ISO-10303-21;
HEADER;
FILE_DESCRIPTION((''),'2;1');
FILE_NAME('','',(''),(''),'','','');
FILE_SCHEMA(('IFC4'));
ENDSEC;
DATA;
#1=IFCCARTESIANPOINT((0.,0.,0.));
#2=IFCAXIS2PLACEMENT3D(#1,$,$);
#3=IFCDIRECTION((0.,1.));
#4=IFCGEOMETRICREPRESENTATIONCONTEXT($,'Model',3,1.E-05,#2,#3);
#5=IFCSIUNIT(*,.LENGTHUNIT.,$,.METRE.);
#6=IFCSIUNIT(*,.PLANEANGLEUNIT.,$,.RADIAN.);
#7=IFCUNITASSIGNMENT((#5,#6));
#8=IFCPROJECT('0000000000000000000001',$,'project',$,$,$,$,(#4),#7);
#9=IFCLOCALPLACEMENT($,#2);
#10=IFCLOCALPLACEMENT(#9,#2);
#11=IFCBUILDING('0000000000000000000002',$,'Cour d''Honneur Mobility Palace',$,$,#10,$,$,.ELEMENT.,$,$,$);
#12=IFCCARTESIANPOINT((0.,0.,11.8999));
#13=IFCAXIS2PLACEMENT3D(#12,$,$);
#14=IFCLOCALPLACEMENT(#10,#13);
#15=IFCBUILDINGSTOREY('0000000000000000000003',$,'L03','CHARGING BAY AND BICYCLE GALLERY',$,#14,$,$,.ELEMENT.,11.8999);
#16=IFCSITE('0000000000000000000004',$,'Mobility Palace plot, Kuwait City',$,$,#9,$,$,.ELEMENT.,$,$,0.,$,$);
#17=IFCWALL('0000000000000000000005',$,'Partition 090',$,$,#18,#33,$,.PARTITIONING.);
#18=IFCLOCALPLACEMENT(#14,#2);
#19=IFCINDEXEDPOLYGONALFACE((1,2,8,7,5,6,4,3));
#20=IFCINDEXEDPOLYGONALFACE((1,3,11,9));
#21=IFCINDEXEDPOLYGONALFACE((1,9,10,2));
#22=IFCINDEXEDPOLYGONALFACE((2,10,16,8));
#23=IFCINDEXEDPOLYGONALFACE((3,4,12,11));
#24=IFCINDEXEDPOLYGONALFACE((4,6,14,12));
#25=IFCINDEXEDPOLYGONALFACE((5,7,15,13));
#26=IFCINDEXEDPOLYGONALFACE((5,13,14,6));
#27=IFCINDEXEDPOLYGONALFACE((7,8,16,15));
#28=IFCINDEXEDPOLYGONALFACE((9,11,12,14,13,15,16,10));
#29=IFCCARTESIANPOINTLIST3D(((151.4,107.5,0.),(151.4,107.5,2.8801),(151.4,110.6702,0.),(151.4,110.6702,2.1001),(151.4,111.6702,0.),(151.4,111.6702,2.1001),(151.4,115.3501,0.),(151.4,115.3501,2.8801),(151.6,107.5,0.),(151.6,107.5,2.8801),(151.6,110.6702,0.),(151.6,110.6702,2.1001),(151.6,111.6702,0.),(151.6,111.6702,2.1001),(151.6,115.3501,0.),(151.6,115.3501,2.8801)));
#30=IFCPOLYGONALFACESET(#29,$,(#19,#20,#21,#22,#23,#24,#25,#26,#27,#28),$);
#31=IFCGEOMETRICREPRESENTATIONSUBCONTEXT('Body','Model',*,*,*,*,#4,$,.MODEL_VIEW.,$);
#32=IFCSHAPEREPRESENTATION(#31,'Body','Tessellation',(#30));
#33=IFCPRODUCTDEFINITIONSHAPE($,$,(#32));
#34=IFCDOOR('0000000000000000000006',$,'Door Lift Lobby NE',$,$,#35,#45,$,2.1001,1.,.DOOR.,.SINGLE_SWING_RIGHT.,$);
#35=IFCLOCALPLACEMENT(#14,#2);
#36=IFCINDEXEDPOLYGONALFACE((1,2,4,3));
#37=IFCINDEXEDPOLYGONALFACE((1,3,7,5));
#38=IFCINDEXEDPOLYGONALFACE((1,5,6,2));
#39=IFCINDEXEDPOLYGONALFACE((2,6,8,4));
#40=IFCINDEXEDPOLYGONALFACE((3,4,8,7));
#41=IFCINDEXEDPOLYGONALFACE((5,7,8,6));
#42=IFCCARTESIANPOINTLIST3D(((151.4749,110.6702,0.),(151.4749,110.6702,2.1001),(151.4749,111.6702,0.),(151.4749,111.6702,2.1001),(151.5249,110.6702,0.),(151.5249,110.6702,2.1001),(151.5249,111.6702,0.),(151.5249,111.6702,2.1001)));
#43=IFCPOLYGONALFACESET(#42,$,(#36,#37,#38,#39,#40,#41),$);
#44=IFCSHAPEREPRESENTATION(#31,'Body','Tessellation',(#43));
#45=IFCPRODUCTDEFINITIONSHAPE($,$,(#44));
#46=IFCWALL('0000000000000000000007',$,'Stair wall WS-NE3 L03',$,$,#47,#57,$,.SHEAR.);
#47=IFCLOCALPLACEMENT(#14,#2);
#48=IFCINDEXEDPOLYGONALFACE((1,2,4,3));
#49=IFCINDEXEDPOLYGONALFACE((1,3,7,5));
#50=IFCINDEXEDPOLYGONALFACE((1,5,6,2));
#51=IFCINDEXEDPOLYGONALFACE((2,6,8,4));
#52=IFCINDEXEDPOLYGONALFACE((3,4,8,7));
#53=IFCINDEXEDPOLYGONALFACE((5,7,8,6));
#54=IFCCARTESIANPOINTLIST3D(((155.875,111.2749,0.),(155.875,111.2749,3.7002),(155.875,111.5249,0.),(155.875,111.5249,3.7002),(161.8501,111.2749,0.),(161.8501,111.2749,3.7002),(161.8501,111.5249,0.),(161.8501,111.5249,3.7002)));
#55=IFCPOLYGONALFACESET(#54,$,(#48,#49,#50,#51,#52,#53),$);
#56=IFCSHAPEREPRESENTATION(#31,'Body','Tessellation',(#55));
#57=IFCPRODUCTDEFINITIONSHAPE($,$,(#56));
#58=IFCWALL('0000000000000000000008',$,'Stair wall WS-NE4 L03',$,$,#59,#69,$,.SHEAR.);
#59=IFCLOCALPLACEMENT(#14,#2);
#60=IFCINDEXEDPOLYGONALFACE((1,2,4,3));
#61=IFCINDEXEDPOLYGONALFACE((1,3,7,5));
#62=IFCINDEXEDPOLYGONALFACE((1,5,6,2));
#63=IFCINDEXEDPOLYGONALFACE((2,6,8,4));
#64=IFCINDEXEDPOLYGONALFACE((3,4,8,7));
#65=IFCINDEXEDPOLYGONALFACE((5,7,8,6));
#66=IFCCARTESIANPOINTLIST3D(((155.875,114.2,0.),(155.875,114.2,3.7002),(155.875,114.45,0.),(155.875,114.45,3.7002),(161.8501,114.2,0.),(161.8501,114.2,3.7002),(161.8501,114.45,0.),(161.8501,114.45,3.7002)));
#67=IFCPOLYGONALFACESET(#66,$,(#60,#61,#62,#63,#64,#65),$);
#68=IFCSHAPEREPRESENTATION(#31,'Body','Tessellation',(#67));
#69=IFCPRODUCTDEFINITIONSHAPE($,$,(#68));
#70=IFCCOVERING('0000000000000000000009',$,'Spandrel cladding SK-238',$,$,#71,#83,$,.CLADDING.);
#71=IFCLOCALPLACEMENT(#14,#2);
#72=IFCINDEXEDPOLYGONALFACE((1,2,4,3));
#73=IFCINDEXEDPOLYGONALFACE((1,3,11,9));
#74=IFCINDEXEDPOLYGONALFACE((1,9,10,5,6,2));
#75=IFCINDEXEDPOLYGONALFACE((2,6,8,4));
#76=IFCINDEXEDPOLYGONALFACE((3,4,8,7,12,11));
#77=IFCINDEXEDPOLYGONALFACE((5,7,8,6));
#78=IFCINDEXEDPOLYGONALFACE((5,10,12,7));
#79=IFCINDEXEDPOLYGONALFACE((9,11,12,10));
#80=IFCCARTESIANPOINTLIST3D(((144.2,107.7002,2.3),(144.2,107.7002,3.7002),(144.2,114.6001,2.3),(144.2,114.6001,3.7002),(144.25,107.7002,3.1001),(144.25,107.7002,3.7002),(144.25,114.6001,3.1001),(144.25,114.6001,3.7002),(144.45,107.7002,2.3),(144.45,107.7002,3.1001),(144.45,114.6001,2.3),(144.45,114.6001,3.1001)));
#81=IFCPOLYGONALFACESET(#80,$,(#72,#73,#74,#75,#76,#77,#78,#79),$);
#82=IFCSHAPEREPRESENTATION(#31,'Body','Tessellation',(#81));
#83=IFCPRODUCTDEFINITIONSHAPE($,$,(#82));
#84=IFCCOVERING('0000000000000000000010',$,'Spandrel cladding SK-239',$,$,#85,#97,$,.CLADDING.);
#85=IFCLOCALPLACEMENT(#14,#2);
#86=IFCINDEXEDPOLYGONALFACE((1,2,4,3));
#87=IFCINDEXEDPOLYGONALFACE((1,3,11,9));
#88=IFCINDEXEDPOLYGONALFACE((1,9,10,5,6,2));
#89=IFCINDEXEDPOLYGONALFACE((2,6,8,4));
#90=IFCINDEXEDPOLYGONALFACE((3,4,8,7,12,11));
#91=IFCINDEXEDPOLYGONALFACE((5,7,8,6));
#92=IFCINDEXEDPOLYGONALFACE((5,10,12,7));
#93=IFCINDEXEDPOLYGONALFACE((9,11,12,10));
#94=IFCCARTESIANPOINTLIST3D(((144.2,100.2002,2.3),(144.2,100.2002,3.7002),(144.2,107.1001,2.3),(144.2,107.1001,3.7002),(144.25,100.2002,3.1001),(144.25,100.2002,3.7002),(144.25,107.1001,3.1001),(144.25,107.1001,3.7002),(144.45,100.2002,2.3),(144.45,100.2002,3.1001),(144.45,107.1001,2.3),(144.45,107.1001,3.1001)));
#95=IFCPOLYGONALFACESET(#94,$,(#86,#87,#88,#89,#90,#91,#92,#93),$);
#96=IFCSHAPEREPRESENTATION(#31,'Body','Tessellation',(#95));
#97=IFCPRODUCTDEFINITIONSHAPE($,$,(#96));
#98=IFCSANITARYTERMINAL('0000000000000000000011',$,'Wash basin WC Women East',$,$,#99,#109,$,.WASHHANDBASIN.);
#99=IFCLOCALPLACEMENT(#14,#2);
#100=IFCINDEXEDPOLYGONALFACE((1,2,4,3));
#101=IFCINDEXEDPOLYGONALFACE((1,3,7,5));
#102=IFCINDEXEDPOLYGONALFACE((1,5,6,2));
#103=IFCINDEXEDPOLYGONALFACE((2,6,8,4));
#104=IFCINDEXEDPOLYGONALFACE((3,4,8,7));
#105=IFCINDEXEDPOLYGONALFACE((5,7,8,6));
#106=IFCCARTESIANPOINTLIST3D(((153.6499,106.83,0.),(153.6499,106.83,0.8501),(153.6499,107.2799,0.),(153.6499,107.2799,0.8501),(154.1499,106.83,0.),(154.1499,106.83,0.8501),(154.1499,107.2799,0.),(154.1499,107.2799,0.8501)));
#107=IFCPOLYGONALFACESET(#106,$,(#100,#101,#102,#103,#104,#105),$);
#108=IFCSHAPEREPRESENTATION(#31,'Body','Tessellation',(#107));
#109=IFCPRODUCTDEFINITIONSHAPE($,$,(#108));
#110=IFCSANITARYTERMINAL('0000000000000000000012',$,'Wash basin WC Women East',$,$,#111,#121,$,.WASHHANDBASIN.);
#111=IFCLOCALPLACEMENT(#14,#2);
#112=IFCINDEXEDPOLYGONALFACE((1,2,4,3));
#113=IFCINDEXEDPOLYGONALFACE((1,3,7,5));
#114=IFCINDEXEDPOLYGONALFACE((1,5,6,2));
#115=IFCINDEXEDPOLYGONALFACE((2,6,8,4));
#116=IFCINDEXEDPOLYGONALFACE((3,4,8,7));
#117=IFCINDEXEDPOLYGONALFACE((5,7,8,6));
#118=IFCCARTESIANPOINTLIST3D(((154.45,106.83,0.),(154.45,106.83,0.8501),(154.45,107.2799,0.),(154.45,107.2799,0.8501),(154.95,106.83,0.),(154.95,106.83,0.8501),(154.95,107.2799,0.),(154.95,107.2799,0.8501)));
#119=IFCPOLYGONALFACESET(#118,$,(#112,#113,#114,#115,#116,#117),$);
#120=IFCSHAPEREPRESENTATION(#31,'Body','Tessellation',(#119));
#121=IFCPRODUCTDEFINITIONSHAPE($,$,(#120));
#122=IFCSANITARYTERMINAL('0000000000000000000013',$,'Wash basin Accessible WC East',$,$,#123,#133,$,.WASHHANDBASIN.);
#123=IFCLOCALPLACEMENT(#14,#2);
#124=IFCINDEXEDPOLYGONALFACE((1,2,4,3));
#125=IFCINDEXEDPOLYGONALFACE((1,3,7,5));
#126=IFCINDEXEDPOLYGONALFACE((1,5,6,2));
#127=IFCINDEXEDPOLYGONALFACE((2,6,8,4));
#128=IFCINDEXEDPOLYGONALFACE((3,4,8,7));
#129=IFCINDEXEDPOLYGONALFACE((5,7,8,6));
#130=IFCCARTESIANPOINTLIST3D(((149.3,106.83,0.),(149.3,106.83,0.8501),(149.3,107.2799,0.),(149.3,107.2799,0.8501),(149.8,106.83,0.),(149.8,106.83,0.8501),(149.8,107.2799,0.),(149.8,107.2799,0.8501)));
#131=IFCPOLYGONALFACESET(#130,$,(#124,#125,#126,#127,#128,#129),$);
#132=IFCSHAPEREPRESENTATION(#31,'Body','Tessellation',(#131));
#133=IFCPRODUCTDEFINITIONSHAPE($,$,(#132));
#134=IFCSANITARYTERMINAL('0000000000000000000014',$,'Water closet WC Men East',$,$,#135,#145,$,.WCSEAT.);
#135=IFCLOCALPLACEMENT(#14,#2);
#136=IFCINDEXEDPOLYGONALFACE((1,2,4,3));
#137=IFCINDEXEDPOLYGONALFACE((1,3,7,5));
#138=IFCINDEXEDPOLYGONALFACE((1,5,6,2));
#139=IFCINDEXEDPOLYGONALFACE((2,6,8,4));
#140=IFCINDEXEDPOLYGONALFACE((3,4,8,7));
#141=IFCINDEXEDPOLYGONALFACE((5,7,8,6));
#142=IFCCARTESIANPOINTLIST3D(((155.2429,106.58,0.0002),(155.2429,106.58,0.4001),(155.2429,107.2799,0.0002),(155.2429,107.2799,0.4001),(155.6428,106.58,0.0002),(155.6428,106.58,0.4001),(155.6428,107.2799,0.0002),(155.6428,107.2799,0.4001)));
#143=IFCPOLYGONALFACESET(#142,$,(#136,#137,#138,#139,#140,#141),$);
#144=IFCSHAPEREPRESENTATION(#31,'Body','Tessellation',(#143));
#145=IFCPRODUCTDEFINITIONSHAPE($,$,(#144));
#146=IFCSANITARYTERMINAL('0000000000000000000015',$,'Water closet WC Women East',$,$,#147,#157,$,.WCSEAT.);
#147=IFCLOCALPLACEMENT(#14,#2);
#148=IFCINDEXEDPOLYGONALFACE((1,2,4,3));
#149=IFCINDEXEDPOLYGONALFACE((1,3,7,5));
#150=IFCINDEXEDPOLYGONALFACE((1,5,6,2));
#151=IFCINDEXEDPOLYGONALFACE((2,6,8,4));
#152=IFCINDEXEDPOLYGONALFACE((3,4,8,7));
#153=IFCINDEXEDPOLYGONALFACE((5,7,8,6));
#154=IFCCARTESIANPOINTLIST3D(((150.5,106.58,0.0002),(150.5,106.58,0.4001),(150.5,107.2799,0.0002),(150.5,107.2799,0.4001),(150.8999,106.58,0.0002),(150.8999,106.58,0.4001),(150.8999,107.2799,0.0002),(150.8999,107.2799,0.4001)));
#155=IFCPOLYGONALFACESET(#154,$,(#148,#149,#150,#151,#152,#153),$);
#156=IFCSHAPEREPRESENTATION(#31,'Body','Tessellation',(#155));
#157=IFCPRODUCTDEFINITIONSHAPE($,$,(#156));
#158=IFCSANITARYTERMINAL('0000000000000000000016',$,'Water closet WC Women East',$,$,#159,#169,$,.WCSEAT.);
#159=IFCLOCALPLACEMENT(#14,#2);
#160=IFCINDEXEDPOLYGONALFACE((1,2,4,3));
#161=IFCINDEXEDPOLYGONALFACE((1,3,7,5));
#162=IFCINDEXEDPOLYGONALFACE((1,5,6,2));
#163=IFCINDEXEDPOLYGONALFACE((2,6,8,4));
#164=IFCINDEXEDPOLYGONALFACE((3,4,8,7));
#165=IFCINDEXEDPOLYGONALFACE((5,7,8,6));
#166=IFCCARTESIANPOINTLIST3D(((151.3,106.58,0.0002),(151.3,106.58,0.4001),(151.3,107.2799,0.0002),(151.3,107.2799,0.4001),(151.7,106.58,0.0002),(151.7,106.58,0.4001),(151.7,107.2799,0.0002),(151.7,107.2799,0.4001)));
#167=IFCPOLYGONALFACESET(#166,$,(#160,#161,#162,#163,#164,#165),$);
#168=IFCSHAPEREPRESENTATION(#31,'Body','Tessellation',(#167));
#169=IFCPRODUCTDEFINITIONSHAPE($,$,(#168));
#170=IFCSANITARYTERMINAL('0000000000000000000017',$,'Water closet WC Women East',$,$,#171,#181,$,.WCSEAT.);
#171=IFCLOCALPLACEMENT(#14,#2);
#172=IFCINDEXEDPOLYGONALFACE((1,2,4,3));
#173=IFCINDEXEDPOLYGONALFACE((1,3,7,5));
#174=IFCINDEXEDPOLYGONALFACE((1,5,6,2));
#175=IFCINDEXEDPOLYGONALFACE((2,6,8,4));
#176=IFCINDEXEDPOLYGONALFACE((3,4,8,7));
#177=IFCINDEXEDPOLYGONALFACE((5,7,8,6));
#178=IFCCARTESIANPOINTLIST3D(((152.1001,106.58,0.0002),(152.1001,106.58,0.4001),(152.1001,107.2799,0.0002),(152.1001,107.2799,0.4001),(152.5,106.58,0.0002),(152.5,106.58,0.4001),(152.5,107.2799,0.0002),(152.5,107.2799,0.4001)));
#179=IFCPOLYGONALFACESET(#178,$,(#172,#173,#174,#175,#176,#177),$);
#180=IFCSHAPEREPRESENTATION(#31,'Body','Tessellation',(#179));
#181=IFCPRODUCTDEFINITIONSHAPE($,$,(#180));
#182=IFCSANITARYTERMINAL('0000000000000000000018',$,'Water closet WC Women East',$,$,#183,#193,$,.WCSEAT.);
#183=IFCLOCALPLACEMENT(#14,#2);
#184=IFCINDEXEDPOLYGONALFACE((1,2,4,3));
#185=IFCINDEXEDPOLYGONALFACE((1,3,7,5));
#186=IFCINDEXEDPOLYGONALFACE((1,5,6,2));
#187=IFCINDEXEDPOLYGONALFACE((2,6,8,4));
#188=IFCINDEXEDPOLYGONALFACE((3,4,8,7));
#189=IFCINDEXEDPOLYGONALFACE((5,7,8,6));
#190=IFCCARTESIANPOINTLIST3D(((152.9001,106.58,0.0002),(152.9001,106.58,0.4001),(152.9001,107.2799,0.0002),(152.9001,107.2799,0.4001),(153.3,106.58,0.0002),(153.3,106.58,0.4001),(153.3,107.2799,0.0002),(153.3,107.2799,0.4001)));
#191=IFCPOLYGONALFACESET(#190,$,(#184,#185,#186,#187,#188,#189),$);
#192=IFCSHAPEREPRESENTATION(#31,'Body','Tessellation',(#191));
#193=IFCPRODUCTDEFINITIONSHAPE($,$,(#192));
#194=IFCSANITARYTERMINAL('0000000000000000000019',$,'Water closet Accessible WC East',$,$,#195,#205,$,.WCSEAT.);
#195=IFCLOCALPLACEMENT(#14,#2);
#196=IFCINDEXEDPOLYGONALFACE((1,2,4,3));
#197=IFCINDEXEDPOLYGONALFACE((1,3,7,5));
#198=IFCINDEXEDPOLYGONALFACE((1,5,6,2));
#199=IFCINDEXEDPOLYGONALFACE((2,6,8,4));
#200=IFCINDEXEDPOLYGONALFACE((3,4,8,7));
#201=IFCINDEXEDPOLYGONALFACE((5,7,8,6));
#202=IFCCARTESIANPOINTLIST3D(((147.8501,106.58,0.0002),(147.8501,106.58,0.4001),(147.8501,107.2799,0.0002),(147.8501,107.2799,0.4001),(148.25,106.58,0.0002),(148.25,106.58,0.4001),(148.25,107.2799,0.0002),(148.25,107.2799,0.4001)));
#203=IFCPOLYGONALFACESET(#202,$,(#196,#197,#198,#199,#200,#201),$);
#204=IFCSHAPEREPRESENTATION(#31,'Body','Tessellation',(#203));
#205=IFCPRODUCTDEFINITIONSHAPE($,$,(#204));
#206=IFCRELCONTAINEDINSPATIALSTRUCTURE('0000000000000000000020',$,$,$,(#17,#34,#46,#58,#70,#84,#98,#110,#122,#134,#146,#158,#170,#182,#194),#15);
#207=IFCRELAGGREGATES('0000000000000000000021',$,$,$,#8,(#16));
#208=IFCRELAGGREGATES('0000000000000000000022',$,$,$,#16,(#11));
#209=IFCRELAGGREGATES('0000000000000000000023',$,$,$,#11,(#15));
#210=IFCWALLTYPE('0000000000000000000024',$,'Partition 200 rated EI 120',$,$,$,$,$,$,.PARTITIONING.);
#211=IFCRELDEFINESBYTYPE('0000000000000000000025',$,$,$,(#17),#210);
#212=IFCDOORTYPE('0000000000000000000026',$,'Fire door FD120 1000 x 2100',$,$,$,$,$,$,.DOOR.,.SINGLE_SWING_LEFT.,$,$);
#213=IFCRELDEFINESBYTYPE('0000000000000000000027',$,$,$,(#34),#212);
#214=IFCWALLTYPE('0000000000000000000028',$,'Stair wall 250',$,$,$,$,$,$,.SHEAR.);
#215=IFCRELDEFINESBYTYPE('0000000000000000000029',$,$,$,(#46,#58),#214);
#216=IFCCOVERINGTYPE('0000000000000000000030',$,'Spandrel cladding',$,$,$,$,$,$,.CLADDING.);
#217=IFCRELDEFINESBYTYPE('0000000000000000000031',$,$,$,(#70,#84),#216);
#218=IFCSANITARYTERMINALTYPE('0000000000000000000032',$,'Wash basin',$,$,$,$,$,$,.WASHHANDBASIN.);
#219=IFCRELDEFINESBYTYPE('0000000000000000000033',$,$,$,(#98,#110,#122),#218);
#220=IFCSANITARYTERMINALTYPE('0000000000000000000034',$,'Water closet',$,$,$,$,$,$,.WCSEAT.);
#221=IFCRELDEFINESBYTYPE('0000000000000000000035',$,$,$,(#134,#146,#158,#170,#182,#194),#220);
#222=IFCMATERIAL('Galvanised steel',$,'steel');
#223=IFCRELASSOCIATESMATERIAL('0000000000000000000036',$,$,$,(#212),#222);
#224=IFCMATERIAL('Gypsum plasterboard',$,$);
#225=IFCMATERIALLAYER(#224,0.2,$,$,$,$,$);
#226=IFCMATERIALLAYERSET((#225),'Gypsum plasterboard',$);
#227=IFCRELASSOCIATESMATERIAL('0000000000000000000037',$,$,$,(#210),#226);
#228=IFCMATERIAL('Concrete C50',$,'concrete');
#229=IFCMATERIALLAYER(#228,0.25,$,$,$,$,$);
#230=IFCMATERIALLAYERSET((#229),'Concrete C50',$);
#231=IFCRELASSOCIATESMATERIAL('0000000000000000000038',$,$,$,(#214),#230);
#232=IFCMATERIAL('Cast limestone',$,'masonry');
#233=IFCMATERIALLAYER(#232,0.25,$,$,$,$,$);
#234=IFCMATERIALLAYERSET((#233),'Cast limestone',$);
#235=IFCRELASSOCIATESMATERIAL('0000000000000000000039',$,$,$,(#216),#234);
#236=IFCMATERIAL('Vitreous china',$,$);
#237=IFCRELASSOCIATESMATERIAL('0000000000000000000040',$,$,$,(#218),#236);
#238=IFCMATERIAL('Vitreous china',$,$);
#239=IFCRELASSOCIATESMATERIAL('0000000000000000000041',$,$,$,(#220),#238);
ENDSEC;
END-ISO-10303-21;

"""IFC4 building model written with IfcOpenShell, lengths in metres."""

from ifc_helpers import new_model, si_unit, direction, frame, frame_2d, origin, origin_2d, place, context, subcontext, project, spatial, polyline, rectangle, outline, extrude, material, layer, layer_set, type_object, element, fill, save


model = new_model("IFC4")

# Units and contexts
model_context = context("Model", 3, precision=1e-05, world=origin(), true_north=direction((0.0, 1.0)))
body_context = subcontext(model_context, "Body", "Model", "MODEL_VIEW")
ifc_project = project(units=[si_unit("LENGTHUNIT", "METRE"), si_unit("PLANEANGLEUNIT", "RADIAN")], contexts=[model_context])

# Site, building, storey
site_placement = place(None, origin())
site = spatial("IfcSite", under=ifc_project, at=site_placement, Name="Mobility Palace plot, Kuwait City", CompositionType="ELEMENT", RefElevation=0.0)
building_placement = place(site_placement, origin())
building = spatial("IfcBuilding", under=site, at=building_placement, Name="Cour d'Honneur Mobility Palace", CompositionType="ELEMENT")
storey_placement = place(building_placement, frame((0.0, 0.0, 11.8999)))
storey = spatial("IfcBuildingStorey", under=building, at=storey_placement, Name="L03", Description="CHARGING BAY AND BICYCLE GALLERY", CompositionType="ELEMENT", Elevation=11.8999)

# Shared definitions
ifc_material_1 = material(Name="Galvanised steel", Category="steel")
door_type = type_object("IfcDoorType", Name="Fire door FD120 1000 x 2100", OperationType="SINGLE_SWING_LEFT", PredefinedType="DOOR", material=ifc_material_1)

# Shared definitions
ifc_material_2 = material(Name="Gypsum plasterboard")
ifc_layer_1 = layer(ifc_material_2, 0.2)
ifc_layer_set_1 = layer_set([ifc_layer_1], Name="Gypsum plasterboard")
wall_type_1 = type_object("IfcWallType", Name="Partition 200 rated EI 120", PredefinedType="PARTITIONING", material=ifc_layer_set_1)

# Wall, opening, door
wall_1_placement = place(storey_placement, frame((151.5, 115.3501, 0.0), z_axis=(0.0, 0.0, 1.0), x_axis=(0.0, -1.0, 0.0)))
wall_1 = element("IfcWall", 1, at=wall_1_placement, inside=storey, type_object=wall_type_1, Name="Partition 090", PredefinedType="PARTITIONING", context=body_context, shape_type="SweptSolid", body=[
    extrude(rectangle(XDim=7.8501, YDim=0.2, at=frame_2d((3.925, 0.0))), origin(), (0.0, 0.0, 1.0), 2.8801),
])
opening_1_placement = place(wall_1_placement, frame((3.6799, 0.0, 0.0)))
opening_1 = element("IfcOpeningElement", 2, at=opening_1_placement, cuts=wall_1, PredefinedType="OPENING", context=body_context, shape_type="SweptSolid", body=[
    extrude(rectangle(XDim=1.0, YDim=2.1001, at=frame_2d((0.5, 1.05))), frame((0.0, 0.1099, 0.0), z_axis=(0.0, -1.0, 0.0), x_axis=(1.0, 0.0, 0.0)), (0.0, 0.0, 1.0), 0.22),
])
door_1_placement = place(opening_1_placement, origin())
door_1 = element("IfcDoor", 3, at=door_1_placement, inside=storey, type_object=door_type, Name="Door Lift Lobby NE", OperationType="SINGLE_SWING_RIGHT", OverallHeight=2.1001, OverallWidth=1.0, PredefinedType="DOOR", context=body_context, shape_type="SweptSolid", body=[
    extrude(rectangle(XDim=1.0, YDim=2.1001, at=frame_2d((0.5, 1.05))), frame((0.0, 0.0249, 0.0), z_axis=(0.0, -1.0, 0.0), x_axis=(1.0, 0.0, 0.0)), (0.0, 0.0, 1.0), 0.05),
])
fill(opening_1, door_1)

# Walls
ifc_material_3 = material(Name="Concrete C50", Category="concrete")
ifc_layer_2 = layer(ifc_material_3, 0.25)
ifc_layer_set_2 = layer_set([ifc_layer_2], Name="Concrete C50")
wall_type_2 = type_object("IfcWallType", Name="Stair wall 250", PredefinedType="SHEAR", material=ifc_layer_set_2)
for number, where, z_axis, x_axis, name in (
    (4, (155.875, 111.3999, 0.0), (0.0, 0.0, 1.0), (1.0, 0.0, 0.0), "Stair wall WS-NE3 L03"),
    (5, (155.875, 114.325, 0.0), (0.0, 0.0, 1.0), (1.0, 0.0, 0.0), "Stair wall WS-NE4 L03"),
):
    element("IfcWall", number, at=place(storey_placement, frame(where, z_axis=z_axis, x_axis=x_axis)), inside=storey, type_object=wall_type_2, Name=name, PredefinedType="SHEAR", context=body_context, shape_type="SweptSolid", body=[
        extrude(rectangle(XDim=5.9751, YDim=0.25, at=frame_2d((2.9875, 0.0))), origin(), (0.0, 0.0, 1.0), 3.7002),
    ])

# Coverings
ifc_material_4 = material(Name="Cast limestone", Category="masonry")
ifc_layer_3 = layer(ifc_material_4, 0.25)
ifc_layer_set_3 = layer_set([ifc_layer_3], Name="Cast limestone")
covering_type = type_object("IfcCoveringType", Name="Spandrel cladding", PredefinedType="CLADDING", material=ifc_layer_set_3)
for number, where, z_axis, x_axis, name in (
    (6, (144.45, 114.6001, 2.3), (0.0, 1.0, 0.0), (-1.0, 0.0, 0.0), "Spandrel cladding SK-238"),
    (7, (144.45, 107.1001, 2.3), (0.0, 1.0, 0.0), (-1.0, 0.0, 0.0), "Spandrel cladding SK-239"),
):
    element("IfcCovering", number, at=place(storey_placement, frame(where, z_axis=z_axis, x_axis=x_axis)), inside=storey, type_object=covering_type, Name=name, PredefinedType="CLADDING", context=body_context, shape_type="SweptSolid", body=[
        extrude(outline(polyline([(0.0, 0.0), (0.25, 0.0), (0.25, 1.4001), (0.2, 1.4001), (0.2, 0.8), (0.0, 0.8), (0.0, 0.0)])), origin(), (0.0, 0.0, -1.0), 6.8999),
    ])

# Sanitary terminals
ifc_material_5 = material(Name="Vitreous china")
sanitary_terminal_type_1 = type_object("IfcSanitaryTerminalType", Name="Wash basin", PredefinedType="WASHHANDBASIN", material=ifc_material_5)
for number, where, z_axis, x_axis, name in (
    (8, (153.8999, 107.0549, 0.0), (0.0, 0.0, 1.0), (1.0, 0.0, 0.0), "Wash basin WC Women East"),
    (9, (154.7, 107.0549, 0.0), (0.0, 0.0, 1.0), (1.0, 0.0, 0.0), "Wash basin WC Women East"),
    (10, (149.55, 107.0549, 0.0), (0.0, 0.0, 1.0), (1.0, 0.0, 0.0), "Wash basin Accessible WC East"),
):
    element("IfcSanitaryTerminal", number, at=place(storey_placement, frame(where, z_axis=z_axis, x_axis=x_axis)), inside=storey, type_object=sanitary_terminal_type_1, Name=name, PredefinedType="WASHHANDBASIN", context=body_context, shape_type="SweptSolid", body=[
        extrude(rectangle(XDim=0.5, YDim=0.45, at=origin_2d()), origin(), (0.0, 0.0, 1.0), 0.8501),
    ])
ifc_material_6 = material(Name="Vitreous china")
sanitary_terminal_type_2 = type_object("IfcSanitaryTerminalType", Name="Water closet", PredefinedType="WCSEAT", material=ifc_material_6)
for number, where, z_axis, x_axis, name in (
    (11, (155.4429, 106.9299, 0.0002), (0.0, 0.0, 1.0), (1.0, 0.0, 0.0), "Water closet WC Men East"),
    (12, (150.7, 106.9299, 0.0002), (0.0, 0.0, 1.0), (1.0, 0.0, 0.0), "Water closet WC Women East"),
    (13, (151.5, 106.9299, 0.0002), (0.0, 0.0, 1.0), (1.0, 0.0, 0.0), "Water closet WC Women East"),
    (14, (152.3, 106.9299, 0.0002), (0.0, 0.0, 1.0), (1.0, 0.0, 0.0), "Water closet WC Women East"),
    (15, (153.1001, 106.9299, 0.0002), (0.0, 0.0, 1.0), (1.0, 0.0, 0.0), "Water closet WC Women East"),
    (16, (148.05, 106.9299, 0.0002), (0.0, 0.0, 1.0), (1.0, 0.0, 0.0), "Water closet Accessible WC East"),
):
    element("IfcSanitaryTerminal", number, at=place(storey_placement, frame(where, z_axis=z_axis, x_axis=x_axis)), inside=storey, type_object=sanitary_terminal_type_2, Name=name, PredefinedType="WCSEAT", context=body_context, shape_type="SweptSolid", body=[
        extrude(rectangle(XDim=0.3999, YDim=0.7, at=origin_2d()), origin(), (0.0, 0.0, 1.0), 0.3999),
    ])

save(model, "model.ifc")
